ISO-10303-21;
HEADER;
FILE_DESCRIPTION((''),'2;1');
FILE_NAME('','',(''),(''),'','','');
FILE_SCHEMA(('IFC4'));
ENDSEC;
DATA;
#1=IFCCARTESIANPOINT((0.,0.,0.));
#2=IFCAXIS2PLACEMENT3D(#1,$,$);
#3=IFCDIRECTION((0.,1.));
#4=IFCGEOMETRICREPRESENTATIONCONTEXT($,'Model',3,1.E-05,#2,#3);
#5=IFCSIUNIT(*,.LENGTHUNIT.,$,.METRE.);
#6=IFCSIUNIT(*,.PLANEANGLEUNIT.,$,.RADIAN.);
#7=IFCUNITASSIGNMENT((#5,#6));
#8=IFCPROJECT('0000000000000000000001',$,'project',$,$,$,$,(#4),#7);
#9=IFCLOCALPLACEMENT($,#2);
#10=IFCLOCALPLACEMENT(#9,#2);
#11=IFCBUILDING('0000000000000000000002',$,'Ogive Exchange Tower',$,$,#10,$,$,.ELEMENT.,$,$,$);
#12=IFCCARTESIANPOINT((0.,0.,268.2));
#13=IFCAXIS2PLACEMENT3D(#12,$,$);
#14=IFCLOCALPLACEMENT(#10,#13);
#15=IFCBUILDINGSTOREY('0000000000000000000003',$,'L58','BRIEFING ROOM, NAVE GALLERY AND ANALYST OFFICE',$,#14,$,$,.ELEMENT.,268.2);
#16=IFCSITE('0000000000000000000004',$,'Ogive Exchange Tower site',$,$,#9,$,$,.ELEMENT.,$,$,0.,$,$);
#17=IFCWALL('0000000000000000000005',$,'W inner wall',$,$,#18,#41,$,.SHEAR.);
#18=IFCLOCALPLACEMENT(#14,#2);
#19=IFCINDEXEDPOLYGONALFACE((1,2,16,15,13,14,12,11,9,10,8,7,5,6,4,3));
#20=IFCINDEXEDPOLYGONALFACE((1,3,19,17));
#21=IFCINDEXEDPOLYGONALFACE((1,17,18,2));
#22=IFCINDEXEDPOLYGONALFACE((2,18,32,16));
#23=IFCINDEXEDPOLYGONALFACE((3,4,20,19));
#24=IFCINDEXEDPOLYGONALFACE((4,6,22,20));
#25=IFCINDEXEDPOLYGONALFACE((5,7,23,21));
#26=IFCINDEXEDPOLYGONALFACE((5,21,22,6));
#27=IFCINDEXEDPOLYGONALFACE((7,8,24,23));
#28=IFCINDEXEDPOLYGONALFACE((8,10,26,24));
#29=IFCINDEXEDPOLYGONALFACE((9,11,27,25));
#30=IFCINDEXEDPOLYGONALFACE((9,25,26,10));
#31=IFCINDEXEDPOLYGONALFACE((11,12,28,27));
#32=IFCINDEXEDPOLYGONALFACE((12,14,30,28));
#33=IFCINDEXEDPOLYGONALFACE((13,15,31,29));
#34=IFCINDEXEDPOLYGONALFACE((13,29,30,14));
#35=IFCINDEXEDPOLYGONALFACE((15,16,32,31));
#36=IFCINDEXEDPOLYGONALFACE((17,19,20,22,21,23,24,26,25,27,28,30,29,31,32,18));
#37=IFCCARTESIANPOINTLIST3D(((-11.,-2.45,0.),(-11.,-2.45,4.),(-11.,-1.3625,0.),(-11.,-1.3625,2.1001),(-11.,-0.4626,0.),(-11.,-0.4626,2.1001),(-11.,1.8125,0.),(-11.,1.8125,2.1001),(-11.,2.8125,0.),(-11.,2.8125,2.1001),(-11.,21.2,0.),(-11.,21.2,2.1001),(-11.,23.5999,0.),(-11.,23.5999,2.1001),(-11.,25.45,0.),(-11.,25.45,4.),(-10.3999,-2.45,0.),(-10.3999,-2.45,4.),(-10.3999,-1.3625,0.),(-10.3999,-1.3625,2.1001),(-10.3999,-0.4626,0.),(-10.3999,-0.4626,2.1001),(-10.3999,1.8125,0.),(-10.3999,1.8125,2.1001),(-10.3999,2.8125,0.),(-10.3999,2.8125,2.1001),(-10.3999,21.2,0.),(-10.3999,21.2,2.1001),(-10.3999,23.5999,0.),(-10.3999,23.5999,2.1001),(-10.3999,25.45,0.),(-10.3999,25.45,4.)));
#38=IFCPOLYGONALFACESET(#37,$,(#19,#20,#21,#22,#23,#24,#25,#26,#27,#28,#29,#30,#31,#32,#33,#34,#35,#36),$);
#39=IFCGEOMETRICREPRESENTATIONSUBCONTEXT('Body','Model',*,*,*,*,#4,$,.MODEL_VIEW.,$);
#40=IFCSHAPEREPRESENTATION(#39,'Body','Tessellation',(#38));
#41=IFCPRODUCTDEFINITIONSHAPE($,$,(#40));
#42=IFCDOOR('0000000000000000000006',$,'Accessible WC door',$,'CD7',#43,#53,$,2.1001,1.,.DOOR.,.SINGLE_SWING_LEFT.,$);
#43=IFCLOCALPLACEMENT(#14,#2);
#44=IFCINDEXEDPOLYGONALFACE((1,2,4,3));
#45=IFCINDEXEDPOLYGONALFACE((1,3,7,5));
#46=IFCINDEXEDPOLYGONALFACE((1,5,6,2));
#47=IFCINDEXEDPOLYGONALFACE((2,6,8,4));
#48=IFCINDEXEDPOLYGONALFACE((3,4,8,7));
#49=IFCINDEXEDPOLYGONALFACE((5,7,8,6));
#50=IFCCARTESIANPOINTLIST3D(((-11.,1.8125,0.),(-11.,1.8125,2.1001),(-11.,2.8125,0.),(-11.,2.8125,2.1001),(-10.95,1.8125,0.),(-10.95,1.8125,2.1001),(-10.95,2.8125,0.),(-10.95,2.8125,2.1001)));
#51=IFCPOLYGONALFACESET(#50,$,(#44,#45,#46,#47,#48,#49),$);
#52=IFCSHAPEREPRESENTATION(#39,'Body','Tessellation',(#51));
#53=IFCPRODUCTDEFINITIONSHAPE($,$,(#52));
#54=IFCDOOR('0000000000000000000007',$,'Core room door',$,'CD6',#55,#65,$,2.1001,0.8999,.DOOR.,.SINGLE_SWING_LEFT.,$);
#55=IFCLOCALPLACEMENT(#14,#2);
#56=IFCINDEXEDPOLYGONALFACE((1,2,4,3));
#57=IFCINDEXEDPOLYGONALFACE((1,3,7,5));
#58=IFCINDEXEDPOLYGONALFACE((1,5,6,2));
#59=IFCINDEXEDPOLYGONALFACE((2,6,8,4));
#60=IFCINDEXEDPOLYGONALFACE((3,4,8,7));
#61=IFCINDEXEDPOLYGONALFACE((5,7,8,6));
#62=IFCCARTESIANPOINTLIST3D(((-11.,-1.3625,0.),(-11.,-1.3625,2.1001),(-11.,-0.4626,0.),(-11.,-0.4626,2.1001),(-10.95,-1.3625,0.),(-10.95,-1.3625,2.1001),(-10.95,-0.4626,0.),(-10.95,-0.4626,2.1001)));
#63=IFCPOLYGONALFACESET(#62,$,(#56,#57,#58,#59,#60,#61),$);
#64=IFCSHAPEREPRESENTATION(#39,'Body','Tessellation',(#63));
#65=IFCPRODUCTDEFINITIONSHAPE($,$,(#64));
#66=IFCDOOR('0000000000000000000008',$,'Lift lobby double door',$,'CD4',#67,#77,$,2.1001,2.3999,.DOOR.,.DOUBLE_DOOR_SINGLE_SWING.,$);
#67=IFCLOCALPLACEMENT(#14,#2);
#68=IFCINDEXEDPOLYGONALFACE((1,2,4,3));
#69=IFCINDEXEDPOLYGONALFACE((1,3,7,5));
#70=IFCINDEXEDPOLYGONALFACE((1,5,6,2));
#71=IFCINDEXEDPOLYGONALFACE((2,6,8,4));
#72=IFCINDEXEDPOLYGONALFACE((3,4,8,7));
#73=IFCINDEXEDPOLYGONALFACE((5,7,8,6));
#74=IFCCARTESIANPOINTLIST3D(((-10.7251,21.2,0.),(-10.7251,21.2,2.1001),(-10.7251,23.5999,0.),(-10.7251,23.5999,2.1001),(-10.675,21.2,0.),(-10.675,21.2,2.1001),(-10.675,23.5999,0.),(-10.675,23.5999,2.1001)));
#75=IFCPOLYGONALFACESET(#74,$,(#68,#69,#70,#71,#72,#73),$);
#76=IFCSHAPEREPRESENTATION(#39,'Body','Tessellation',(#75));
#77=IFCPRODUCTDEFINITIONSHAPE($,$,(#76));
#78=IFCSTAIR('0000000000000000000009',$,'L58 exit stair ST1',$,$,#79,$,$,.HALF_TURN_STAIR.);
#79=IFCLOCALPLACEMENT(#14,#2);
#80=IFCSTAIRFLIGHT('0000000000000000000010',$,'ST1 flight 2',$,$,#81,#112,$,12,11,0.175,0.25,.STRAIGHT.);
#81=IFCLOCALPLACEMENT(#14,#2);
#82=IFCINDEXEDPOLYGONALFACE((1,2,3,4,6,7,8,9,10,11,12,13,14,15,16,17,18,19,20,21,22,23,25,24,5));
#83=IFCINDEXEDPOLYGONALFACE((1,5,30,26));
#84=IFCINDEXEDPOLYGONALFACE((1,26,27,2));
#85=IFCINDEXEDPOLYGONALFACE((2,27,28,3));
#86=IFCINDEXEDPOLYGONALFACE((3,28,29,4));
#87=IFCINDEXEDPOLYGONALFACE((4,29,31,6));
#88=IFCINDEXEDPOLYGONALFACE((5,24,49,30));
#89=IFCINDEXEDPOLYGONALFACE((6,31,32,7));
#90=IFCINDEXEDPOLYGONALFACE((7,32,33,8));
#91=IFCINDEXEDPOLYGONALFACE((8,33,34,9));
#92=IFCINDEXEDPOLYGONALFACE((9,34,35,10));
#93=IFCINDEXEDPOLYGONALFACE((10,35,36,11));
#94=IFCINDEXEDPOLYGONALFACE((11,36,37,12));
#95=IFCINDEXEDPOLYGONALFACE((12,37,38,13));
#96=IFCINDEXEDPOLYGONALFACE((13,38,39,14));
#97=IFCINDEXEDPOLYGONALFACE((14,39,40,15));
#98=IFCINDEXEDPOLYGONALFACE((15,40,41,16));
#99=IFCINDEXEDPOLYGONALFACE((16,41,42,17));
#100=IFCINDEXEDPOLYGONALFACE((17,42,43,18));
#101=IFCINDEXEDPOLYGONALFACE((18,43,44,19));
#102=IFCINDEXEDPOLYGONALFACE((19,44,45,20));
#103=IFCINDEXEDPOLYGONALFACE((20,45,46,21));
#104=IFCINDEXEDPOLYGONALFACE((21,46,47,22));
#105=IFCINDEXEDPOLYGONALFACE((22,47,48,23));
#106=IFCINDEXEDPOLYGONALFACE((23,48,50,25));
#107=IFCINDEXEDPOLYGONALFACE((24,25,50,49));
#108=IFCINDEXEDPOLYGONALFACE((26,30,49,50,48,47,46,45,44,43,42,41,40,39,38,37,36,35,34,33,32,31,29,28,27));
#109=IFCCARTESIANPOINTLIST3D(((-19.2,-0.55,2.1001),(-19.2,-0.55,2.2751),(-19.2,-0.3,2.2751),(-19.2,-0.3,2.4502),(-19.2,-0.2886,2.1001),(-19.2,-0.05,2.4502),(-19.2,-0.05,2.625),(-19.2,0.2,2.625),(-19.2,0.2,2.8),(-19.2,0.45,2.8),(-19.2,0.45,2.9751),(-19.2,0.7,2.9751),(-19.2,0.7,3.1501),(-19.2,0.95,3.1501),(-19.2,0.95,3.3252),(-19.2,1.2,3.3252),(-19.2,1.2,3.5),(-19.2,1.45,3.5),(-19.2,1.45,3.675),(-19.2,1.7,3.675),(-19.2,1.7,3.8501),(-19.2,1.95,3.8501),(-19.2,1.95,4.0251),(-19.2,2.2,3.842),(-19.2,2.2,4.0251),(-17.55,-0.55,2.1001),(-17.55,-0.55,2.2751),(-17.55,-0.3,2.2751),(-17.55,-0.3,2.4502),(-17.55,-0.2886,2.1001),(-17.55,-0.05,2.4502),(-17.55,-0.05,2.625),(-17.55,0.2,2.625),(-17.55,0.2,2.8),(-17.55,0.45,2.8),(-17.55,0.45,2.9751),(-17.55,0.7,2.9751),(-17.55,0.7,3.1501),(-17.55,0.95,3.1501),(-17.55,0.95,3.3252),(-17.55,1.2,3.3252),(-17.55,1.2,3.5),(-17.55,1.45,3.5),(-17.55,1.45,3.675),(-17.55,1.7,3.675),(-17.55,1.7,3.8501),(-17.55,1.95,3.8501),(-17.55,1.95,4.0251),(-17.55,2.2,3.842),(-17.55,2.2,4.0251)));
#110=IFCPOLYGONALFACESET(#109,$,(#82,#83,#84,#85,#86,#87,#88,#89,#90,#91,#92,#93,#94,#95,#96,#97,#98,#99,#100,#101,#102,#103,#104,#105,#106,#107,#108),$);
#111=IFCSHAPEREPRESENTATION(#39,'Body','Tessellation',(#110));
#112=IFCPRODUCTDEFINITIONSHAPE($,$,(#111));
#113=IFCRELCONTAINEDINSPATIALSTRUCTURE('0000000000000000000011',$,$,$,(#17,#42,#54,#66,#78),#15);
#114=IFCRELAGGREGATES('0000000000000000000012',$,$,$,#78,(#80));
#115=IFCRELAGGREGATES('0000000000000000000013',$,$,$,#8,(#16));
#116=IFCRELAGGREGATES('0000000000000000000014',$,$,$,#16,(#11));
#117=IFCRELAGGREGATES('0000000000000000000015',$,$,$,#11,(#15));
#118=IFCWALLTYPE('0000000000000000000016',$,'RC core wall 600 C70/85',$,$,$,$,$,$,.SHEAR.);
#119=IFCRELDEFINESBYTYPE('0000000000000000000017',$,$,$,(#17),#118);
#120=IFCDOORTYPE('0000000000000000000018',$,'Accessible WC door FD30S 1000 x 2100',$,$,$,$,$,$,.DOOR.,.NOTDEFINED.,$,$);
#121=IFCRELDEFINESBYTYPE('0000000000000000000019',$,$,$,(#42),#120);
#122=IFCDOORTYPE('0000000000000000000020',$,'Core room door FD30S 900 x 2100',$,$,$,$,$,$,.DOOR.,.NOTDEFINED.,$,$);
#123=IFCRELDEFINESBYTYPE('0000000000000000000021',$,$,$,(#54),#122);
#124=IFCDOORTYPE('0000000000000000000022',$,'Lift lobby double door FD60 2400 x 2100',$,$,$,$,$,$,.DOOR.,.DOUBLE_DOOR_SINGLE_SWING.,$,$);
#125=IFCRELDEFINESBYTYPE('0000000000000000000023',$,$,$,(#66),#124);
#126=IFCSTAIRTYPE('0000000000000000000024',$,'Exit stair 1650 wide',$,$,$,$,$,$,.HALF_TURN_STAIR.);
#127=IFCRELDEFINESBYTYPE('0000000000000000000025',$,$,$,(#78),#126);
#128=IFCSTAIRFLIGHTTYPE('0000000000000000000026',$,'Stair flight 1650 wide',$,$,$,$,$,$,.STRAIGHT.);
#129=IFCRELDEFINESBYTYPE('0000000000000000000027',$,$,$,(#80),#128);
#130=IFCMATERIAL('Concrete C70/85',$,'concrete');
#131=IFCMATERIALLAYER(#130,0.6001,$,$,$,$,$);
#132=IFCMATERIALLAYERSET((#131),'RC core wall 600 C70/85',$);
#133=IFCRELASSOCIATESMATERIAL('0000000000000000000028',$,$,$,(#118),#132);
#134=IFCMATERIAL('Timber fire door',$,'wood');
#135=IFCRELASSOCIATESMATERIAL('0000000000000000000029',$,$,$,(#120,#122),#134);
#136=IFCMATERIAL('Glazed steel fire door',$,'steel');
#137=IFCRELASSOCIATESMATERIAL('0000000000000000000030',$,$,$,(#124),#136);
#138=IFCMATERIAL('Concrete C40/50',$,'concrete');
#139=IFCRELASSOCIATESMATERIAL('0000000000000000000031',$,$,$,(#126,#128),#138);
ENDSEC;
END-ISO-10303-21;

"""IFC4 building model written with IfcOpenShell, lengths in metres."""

from ifc_helpers import new_model, si_unit, direction, frame, frame_2d, origin, place, context, subcontext, project, spatial, polyline, rectangle, outline, extrude, material, layer, layer_set, type_object, element, fill, aggregate, save


model = new_model("IFC4")

# Units and contexts
model_context = context("Model", 3, precision=1e-05, world=origin(), true_north=direction((0.0, 1.0)))
body_context = subcontext(model_context, "Body", "Model", "MODEL_VIEW")
ifc_project = project(units=[si_unit("LENGTHUNIT", "METRE"), si_unit("PLANEANGLEUNIT", "RADIAN")], contexts=[model_context])

# Site, building, storey
site_placement = place(None, origin())
site = spatial("IfcSite", under=ifc_project, at=site_placement, Name="Ogive Exchange Tower site", CompositionType="ELEMENT", RefElevation=0.0)
building_placement = place(site_placement, origin())
building = spatial("IfcBuilding", under=site, at=building_placement, Name="Ogive Exchange Tower", CompositionType="ELEMENT")
storey_placement = place(building_placement, frame((0.0, 0.0, 268.2)))
storey = spatial("IfcBuildingStorey", under=building, at=storey_placement, Name="L58", Description="BRIEFING ROOM, NAVE GALLERY AND ANALYST OFFICE", CompositionType="ELEMENT", Elevation=268.2)

# Shared definitions
ifc_material_1 = material(Name="Concrete C70/85", Category="concrete")

# Wall, openings, doors
ifc_layer_1 = layer(ifc_material_1, 0.6001)
ifc_layer_set_1 = layer_set([ifc_layer_1], Name="RC core wall 600 C70/85")
wall_type_1 = type_object("IfcWallType", Name="RC core wall 600 C70/85", PredefinedType="SHEAR", material=ifc_layer_set_1)
wall_1_placement = place(storey_placement, frame((-10.7, -2.45, 0.0), z_axis=(0.0, 0.0, 1.0), x_axis=(0.0, 1.0, 0.0)))
wall_1 = element("IfcWall", 1, at=wall_1_placement, inside=storey, type_object=wall_type_1, Name="W inner wall", PredefinedType="SHEAR", context=body_context, shape_type="SweptSolid", body=[
    extrude(rectangle(XDim=27.8999, YDim=0.6001, at=frame_2d((13.95, 0.0))), origin(), (0.0, 0.0, 1.0), 4.0),
])
opening_1_placement = place(wall_1_placement, frame((23.6499, 0.0, 0.0)))
opening_1 = element("IfcOpeningElement", 2, at=opening_1_placement, cuts=wall_1, PredefinedType="OPENING", context=body_context, shape_type="SweptSolid", body=[
    extrude(rectangle(XDim=2.3999, YDim=2.1001, at=frame_2d((1.2, 1.05))), frame((0.0, 0.3101, 0.0), z_axis=(0.0, -1.0, 0.0), x_axis=(1.0, 0.0, 0.0)), (0.0, 0.0, 1.0), 0.6201),
])
opening_2_placement = place(wall_1_placement, frame((1.0874, 0.0, 0.0)))
opening_2 = element("IfcOpeningElement", 3, at=opening_2_placement, cuts=wall_1, PredefinedType="OPENING", context=body_context, shape_type="SweptSolid", body=[
    extrude(rectangle(XDim=0.8999, YDim=2.1001, at=frame_2d((0.45, 1.05))), frame((0.0, 0.3101, 0.0), z_axis=(0.0, -1.0, 0.0), x_axis=(1.0, 0.0, 0.0)), (0.0, 0.0, 1.0), 0.6201),
])
opening_3_placement = place(wall_1_placement, frame((4.2625, 0.0, 0.0)))
opening_3 = element("IfcOpeningElement", 4, at=opening_3_placement, cuts=wall_1, PredefinedType="OPENING", context=body_context, shape_type="SweptSolid", body=[
    extrude(rectangle(XDim=1.0, YDim=2.1001, at=frame_2d((0.5, 1.05))), frame((0.0, 0.3101, 0.0), z_axis=(0.0, -1.0, 0.0), x_axis=(1.0, 0.0, 0.0)), (0.0, 0.0, 1.0), 0.6201),
])
ifc_material_2 = material(Name="Timber fire door", Category="wood")
door_type_1 = type_object("IfcDoorType", Name="Accessible WC door FD30S 1000 x 2100", OperationType="NOTDEFINED", PredefinedType="DOOR", material=ifc_material_2)
door_1_placement = place(opening_3_placement, frame((1.0, 0.5498, 0.0), z_axis=(0.0, 0.0, 1.0), x_axis=(-1.0, 0.0, 0.0)))
door_1 = element("IfcDoor", 5, at=door_1_placement, inside=storey, type_object=door_type_1, Name="Accessible WC door", ObjectType="CD7", OperationType="SINGLE_SWING_LEFT", OverallHeight=2.1001, OverallWidth=1.0, PredefinedType="DOOR", context=body_context, shape_type="SweptSolid", body=[
    extrude(rectangle(XDim=1.0, YDim=2.1001, at=frame_2d((0.5, 1.05))), frame((0.0, 0.2998, 0.0), z_axis=(0.0, -1.0, 0.0), x_axis=(1.0, 0.0, 0.0)), (0.0, 0.0, 1.0), 0.05),
])
fill(opening_3, door_1)
door_type_2 = type_object("IfcDoorType", Name="Core room door FD30S 900 x 2100", OperationType="NOTDEFINED", PredefinedType="DOOR", material=ifc_material_2)
door_2_placement = place(opening_2_placement, frame((0.8999, 0.5498, 0.0), z_axis=(0.0, 0.0, 1.0), x_axis=(-1.0, 0.0, 0.0)))
door_2 = element("IfcDoor", 6, at=door_2_placement, inside=storey, type_object=door_type_2, Name="Core room door", ObjectType="CD6", OperationType="SINGLE_SWING_LEFT", OverallHeight=2.1001, OverallWidth=0.8999, PredefinedType="DOOR", context=body_context, shape_type="SweptSolid", body=[
    extrude(rectangle(XDim=0.8999, YDim=2.1001, at=frame_2d((0.45, 1.05))), frame((0.0, 0.2998, 0.0), z_axis=(0.0, -1.0, 0.0), x_axis=(1.0, 0.0, 0.0)), (0.0, 0.0, 1.0), 0.05),
])
fill(opening_2, door_2)
ifc_material_3 = material(Name="Glazed steel fire door", Category="steel")
door_type_3 = type_object("IfcDoorType", Name="Lift lobby double door FD60 2400 x 2100", OperationType="DOUBLE_DOOR_SINGLE_SWING", PredefinedType="DOOR", material=ifc_material_3)
door_3_placement = place(opening_1_placement, frame((2.3999, 0.0, 0.0), z_axis=(0.0, 0.0, 1.0), x_axis=(-1.0, 0.0, 0.0)))
door_3 = element("IfcDoor", 7, at=door_3_placement, inside=storey, type_object=door_type_3, Name="Lift lobby double door", ObjectType="CD4", OperationType="DOUBLE_DOOR_SINGLE_SWING", OverallHeight=2.1001, OverallWidth=2.3999, PredefinedType="DOOR", context=body_context, shape_type="SweptSolid", body=[
    extrude(rectangle(XDim=2.3999, YDim=2.1001, at=frame_2d((1.2, 1.05))), frame((0.0, 0.0249, 0.0), z_axis=(0.0, -1.0, 0.0), x_axis=(1.0, 0.0, 0.0)), (0.0, 0.0, 1.0), 0.05),
])
fill(opening_1, door_3)

# Stair, stair flight
ifc_material_4 = material(Name="Concrete C40/50", Category="concrete")
stair_type = type_object("IfcStairType", Name="Exit stair 1650 wide", PredefinedType="HALF_TURN_STAIR", material=ifc_material_4)
stair_placement = place(storey_placement, origin())
stair = element("IfcStair", 8, at=stair_placement, inside=storey, type_object=stair_type, Name="L58 exit stair ST1", PredefinedType="HALF_TURN_STAIR")
stair_flight_type = type_object("IfcStairFlightType", Name="Stair flight 1650 wide", PredefinedType="STRAIGHT", material=ifc_material_4)
stair_flight_placement = place(storey_placement, frame((-18.375, -0.55, 2.1001), z_axis=(0.0, 0.0, 1.0), x_axis=(0.0, 1.0, 0.0)))
stair_flight = element("IfcStairFlight", 9, at=stair_flight_placement, type_object=stair_flight_type, Name="ST1 flight 2", NumberOfRisers=12, NumberOfTreads=11, PredefinedType="STRAIGHT", RiserHeight=0.175, TreadLength=0.25, context=body_context, shape_type="SweptSolid", body=[
    extrude(outline(polyline([(0.0, 0.0), (0.0, 0.175), (0.25, 0.175), (0.25, 0.3501), (0.5, 0.3501), (0.5, 0.5249), (0.75, 0.5249), (0.75, 0.7), (1.0, 0.7), (1.0, 0.875), (1.25, 0.875), (1.25, 1.05), (1.5, 1.05), (1.5, 1.2251), (1.75, 1.2251), (1.75, 1.3999), (2.0, 1.3999), (2.0, 1.575), (2.25, 1.575), (2.25, 1.75), (2.5, 1.75), (2.5, 1.925), (2.75, 1.925), (2.75, 2.1001), (2.75, 1.7419), (0.2615, 0.0), (0.0, 0.0)])), frame((0.0, 0.825, 0.0), z_axis=(0.0, -1.0, 0.0), x_axis=(1.0, 0.0, 0.0)), (0.0, 0.0, 1.0), 1.6499),
])
aggregate(stair, [stair_flight])

save(model, "model.ifc")
